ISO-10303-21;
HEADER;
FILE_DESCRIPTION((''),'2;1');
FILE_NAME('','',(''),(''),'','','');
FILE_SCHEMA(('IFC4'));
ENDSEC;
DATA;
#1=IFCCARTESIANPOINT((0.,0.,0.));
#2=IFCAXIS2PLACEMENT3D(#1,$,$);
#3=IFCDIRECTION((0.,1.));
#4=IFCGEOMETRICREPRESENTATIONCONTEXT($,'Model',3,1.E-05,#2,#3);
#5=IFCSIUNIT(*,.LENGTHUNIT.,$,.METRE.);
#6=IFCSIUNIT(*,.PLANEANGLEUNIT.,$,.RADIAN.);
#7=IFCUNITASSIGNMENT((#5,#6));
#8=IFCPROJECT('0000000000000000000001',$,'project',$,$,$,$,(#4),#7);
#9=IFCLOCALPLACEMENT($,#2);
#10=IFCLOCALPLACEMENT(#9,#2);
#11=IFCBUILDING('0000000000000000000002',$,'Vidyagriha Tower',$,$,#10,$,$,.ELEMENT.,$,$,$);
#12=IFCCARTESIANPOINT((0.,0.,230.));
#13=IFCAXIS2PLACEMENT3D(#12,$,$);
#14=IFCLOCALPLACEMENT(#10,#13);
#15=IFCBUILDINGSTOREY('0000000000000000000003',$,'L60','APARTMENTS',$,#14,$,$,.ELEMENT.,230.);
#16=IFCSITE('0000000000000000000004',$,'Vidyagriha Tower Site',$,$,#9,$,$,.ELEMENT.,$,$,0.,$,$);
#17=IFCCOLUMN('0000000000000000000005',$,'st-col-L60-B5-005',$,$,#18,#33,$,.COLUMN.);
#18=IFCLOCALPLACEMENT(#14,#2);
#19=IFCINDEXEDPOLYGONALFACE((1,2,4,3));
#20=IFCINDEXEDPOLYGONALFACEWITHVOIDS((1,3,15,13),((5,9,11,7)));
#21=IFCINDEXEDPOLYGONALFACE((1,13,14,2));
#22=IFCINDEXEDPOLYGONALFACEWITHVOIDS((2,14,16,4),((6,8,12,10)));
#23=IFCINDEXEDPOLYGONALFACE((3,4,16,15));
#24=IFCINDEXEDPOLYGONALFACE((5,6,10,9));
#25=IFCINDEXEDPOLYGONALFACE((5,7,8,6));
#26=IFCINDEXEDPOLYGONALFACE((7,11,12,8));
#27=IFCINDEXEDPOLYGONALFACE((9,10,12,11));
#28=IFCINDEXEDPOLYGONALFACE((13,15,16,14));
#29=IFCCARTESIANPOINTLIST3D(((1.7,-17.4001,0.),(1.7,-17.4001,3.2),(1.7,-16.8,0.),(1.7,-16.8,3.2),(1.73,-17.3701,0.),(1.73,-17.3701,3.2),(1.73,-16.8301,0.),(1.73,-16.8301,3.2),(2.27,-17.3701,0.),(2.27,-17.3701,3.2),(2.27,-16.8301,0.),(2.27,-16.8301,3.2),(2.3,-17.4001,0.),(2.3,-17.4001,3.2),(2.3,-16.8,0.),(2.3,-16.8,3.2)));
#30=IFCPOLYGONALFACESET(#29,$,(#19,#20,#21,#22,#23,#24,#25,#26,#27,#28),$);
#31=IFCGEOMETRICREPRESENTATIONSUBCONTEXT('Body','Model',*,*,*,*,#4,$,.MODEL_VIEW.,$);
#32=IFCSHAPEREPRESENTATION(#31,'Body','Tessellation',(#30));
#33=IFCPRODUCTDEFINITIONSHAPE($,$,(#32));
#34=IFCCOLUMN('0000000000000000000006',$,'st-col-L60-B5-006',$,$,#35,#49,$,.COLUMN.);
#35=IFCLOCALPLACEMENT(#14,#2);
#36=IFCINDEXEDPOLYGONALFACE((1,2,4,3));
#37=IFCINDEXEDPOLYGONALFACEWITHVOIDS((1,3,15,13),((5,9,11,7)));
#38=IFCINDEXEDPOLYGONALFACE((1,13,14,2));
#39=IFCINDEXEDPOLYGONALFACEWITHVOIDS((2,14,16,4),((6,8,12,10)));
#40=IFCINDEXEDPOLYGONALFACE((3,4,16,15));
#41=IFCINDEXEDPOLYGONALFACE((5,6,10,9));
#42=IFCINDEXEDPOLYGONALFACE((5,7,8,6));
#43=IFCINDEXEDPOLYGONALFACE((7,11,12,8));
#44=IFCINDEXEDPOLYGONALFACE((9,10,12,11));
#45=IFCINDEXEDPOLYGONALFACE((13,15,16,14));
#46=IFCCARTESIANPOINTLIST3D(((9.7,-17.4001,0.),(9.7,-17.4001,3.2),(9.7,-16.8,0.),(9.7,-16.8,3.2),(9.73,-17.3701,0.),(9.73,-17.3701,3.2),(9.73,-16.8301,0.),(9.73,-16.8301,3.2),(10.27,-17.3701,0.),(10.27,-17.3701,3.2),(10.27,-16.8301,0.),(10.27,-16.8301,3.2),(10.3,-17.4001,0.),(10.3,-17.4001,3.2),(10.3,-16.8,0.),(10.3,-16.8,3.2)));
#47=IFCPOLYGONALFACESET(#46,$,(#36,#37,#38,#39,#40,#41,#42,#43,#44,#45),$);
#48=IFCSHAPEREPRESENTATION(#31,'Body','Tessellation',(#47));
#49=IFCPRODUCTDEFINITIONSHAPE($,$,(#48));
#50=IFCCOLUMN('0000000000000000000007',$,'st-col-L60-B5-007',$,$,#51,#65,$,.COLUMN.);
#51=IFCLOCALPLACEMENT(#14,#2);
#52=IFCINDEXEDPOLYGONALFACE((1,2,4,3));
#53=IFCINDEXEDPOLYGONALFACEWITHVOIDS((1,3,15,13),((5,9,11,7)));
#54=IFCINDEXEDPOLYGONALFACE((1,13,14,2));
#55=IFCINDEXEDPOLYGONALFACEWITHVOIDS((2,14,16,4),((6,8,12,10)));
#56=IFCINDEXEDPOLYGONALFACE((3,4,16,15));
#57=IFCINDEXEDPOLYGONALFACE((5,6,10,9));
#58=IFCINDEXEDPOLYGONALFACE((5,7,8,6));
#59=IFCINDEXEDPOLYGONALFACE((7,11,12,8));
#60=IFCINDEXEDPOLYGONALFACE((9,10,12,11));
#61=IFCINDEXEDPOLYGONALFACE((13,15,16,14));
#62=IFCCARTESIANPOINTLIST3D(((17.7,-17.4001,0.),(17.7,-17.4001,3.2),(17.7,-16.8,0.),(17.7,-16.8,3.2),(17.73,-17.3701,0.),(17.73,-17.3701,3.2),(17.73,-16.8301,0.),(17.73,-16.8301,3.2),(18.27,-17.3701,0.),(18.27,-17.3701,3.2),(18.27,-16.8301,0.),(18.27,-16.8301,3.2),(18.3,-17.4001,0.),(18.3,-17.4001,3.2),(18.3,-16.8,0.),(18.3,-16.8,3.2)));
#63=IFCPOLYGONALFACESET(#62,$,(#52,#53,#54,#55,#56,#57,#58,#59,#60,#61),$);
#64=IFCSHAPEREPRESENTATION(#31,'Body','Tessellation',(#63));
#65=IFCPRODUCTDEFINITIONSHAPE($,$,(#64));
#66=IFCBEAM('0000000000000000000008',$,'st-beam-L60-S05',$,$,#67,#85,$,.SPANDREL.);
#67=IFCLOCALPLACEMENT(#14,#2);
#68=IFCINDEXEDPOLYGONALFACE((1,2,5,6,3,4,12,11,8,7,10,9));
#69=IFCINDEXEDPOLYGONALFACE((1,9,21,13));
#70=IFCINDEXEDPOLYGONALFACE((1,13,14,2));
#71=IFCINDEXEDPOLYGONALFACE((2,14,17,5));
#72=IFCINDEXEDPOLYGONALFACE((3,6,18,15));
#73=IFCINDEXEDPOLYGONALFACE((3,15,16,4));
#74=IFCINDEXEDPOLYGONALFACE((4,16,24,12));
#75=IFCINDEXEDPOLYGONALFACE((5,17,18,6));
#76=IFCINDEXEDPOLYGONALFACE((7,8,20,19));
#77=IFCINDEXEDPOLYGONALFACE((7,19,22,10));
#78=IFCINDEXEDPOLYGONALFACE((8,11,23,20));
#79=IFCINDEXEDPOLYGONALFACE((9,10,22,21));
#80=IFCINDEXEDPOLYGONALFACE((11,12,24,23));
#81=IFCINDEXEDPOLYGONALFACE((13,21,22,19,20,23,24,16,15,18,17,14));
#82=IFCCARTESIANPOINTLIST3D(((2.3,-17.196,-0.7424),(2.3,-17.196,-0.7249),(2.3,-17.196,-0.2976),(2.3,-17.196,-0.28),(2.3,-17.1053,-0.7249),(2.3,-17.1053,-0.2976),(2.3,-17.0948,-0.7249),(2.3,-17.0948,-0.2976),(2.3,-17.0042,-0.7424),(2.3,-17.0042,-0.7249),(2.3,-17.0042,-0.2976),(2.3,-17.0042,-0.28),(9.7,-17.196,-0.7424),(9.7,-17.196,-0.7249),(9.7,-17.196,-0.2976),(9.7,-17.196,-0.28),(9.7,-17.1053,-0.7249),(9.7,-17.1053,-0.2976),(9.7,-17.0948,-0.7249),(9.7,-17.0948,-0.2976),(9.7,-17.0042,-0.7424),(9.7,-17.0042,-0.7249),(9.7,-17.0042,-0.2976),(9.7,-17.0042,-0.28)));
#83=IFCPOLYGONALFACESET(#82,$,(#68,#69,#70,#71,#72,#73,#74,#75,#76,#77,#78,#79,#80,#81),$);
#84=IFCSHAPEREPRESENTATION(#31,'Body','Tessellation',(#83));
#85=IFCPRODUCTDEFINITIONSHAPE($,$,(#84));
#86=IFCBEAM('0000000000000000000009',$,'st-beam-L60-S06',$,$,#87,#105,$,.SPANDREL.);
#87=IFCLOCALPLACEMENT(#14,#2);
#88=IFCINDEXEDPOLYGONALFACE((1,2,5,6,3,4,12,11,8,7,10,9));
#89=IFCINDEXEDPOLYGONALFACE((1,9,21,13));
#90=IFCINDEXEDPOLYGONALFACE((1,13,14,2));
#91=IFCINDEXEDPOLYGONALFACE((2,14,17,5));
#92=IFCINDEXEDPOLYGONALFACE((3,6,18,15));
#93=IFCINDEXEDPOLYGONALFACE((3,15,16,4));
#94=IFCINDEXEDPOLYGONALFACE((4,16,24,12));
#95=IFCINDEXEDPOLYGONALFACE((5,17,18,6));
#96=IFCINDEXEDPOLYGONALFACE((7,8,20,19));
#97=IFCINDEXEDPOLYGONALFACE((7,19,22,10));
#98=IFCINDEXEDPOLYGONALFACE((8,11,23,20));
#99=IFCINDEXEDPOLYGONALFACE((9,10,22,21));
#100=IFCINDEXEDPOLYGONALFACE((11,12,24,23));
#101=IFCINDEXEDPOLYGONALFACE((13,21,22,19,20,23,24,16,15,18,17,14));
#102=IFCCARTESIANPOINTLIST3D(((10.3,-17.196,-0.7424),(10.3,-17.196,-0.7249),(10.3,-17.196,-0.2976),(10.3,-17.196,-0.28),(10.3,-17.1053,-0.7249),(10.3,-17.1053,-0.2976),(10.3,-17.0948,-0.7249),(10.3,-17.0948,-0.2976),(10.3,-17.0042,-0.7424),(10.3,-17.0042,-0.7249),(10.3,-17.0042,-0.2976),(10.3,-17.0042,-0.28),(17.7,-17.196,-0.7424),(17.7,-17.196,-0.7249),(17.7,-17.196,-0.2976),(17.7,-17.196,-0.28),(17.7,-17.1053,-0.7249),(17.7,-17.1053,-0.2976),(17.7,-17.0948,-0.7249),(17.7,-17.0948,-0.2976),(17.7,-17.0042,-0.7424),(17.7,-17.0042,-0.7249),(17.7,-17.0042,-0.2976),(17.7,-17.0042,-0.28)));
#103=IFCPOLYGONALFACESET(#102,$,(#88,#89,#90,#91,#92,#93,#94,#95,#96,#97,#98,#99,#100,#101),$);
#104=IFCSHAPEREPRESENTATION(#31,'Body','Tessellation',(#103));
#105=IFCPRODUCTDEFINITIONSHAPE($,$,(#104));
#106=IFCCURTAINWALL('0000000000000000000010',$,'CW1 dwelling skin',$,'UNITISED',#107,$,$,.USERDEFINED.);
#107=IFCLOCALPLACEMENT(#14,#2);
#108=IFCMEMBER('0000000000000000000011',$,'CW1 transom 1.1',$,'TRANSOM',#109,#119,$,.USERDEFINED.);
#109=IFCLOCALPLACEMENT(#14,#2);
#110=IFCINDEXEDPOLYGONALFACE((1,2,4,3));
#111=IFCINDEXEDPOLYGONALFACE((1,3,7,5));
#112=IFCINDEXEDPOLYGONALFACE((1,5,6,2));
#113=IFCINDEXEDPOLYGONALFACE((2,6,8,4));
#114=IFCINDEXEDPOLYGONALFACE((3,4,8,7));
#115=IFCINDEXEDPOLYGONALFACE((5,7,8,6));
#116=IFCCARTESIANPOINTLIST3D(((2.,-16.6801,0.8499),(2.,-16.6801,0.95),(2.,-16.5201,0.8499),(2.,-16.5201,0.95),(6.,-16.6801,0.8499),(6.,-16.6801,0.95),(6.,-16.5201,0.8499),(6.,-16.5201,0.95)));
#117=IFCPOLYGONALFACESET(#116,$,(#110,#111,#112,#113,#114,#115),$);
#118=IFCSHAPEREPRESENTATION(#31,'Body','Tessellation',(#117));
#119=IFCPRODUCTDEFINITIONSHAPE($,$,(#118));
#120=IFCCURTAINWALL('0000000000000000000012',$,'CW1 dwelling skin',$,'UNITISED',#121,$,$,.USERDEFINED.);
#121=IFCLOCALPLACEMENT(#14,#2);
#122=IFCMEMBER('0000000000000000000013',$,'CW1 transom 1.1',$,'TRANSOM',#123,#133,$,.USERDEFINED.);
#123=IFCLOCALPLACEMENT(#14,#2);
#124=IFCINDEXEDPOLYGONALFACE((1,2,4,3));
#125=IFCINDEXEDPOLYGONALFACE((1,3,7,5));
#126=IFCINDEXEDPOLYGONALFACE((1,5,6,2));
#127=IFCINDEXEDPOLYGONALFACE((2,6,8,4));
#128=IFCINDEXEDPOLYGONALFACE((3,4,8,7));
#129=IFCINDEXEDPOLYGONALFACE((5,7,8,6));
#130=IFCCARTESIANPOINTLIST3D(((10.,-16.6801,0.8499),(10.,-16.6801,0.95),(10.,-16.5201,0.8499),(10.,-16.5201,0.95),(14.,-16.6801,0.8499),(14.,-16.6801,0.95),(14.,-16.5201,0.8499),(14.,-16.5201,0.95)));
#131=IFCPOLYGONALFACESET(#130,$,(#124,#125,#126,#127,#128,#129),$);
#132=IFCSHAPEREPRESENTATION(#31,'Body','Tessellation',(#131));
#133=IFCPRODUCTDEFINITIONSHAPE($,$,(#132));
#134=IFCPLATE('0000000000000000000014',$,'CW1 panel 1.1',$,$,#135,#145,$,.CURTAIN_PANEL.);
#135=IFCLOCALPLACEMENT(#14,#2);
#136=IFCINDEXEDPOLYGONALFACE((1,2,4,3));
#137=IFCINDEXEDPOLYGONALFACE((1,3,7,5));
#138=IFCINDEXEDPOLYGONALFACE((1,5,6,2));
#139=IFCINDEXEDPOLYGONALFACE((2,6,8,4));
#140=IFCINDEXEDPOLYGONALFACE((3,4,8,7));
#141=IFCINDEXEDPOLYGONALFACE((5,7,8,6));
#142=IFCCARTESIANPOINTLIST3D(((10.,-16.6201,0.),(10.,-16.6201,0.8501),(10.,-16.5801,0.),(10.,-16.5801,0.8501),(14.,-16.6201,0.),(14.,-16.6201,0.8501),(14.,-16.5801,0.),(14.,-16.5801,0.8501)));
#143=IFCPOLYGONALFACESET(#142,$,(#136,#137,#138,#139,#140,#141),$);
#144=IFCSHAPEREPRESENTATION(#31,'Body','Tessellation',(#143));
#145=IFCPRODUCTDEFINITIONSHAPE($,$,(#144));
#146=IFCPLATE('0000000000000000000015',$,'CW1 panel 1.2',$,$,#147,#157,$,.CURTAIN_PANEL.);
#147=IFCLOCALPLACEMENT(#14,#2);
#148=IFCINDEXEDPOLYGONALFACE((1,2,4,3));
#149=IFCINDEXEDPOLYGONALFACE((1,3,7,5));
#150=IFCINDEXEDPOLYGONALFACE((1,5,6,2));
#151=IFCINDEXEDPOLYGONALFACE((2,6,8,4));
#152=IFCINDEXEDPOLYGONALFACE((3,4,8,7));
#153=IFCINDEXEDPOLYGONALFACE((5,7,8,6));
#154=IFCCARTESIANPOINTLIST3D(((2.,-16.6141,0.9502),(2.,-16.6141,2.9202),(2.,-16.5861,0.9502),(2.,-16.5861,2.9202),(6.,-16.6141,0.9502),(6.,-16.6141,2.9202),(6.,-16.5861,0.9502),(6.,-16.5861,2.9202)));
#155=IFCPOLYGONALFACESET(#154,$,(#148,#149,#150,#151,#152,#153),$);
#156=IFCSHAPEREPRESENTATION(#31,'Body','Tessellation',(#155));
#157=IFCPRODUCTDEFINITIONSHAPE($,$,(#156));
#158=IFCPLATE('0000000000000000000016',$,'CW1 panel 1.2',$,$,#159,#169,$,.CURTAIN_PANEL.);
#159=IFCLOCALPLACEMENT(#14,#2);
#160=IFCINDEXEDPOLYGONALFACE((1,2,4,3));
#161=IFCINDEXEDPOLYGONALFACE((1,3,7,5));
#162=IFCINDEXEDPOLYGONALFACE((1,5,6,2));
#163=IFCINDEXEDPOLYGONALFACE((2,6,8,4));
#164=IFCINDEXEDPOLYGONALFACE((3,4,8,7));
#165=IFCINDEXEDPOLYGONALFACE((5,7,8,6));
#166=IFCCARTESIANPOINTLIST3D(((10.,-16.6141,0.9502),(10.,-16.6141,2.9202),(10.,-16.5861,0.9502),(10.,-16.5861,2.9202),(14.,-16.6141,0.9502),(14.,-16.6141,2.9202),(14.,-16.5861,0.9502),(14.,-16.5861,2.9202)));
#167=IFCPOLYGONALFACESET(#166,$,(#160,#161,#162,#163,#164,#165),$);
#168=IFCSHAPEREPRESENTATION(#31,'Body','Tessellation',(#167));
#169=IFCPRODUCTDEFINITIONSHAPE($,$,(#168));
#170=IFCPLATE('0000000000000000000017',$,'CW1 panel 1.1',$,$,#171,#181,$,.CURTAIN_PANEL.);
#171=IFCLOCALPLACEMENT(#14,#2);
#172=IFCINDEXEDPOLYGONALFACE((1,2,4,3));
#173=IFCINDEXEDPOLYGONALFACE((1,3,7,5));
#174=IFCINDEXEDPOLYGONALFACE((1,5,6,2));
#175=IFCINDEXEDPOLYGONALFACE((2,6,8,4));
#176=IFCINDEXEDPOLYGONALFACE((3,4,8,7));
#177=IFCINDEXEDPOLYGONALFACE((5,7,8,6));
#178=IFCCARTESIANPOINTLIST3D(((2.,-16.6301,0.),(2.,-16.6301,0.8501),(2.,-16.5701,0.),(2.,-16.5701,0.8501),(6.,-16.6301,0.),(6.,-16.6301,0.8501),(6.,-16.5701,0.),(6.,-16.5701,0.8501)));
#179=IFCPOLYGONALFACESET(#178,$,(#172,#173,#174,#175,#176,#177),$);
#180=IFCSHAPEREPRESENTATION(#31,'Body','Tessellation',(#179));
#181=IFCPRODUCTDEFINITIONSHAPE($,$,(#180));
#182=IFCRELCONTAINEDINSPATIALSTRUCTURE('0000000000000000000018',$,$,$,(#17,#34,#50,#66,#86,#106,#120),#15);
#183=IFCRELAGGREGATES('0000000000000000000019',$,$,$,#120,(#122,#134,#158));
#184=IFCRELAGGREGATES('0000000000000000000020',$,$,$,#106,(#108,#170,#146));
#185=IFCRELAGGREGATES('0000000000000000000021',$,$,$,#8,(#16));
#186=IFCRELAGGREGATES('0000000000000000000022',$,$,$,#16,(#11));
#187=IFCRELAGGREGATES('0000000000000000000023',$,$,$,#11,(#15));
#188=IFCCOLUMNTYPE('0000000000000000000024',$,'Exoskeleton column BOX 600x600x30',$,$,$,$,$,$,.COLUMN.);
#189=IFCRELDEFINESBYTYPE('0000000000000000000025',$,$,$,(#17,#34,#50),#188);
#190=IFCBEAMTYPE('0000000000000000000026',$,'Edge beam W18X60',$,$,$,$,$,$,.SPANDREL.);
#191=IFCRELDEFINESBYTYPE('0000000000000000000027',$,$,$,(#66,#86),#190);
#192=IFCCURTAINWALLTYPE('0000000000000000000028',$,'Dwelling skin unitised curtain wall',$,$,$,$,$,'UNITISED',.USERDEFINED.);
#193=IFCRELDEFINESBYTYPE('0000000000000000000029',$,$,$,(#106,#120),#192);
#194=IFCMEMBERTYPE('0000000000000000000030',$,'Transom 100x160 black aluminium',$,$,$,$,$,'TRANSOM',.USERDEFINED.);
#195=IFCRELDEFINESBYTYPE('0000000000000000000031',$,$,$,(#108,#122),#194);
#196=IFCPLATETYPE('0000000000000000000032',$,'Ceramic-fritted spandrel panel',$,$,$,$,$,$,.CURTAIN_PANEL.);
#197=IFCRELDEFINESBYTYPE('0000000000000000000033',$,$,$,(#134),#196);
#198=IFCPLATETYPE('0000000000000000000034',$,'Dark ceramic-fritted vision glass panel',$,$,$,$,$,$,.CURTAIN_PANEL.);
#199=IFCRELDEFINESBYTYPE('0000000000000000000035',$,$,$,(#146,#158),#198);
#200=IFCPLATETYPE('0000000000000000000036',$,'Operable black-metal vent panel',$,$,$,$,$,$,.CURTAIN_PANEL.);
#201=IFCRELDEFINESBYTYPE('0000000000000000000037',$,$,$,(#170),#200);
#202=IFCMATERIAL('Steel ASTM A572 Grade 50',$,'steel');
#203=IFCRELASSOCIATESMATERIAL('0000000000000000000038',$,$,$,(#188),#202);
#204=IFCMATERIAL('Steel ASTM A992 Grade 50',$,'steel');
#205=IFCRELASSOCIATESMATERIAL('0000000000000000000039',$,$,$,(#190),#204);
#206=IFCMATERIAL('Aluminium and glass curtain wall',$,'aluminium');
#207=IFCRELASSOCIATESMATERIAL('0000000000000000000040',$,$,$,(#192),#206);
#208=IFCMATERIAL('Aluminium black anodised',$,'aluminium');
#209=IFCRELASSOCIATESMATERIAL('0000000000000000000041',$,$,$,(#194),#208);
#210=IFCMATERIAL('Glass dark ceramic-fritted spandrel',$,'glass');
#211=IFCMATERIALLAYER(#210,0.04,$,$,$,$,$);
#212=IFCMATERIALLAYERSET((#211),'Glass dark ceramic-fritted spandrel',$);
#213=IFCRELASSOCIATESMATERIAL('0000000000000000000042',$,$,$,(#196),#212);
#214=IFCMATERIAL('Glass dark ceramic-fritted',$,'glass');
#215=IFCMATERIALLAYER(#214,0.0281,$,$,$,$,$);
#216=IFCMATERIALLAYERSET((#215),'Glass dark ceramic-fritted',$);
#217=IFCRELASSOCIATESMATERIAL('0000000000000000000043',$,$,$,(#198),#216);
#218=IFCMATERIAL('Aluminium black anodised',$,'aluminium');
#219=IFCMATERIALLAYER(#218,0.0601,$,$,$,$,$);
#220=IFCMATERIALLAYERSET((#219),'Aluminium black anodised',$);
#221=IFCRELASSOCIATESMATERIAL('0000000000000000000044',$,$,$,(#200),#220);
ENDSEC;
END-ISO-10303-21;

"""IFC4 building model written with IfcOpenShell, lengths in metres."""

from ifc_helpers import new_model, si_unit, direction, frame, origin, origin_2d, place, context, subcontext, project, spatial, rectangle, hollow_rectangle, i_section, extrude, material, layer, layer_set, material_profile, profile_set, type_object, element, aggregate, save


model = new_model("IFC4")

# Units and contexts
model_context = context("Model", 3, precision=1e-05, world=origin(), true_north=direction((0.0, 1.0)))
body_context = subcontext(model_context, "Body", "Model", "MODEL_VIEW")
ifc_project = project(units=[si_unit("LENGTHUNIT", "METRE"), si_unit("PLANEANGLEUNIT", "RADIAN")], contexts=[model_context])

# Site, building, storey
site_placement = place(None, origin())
site = spatial("IfcSite", under=ifc_project, at=site_placement, Name="Vidyagriha Tower Site", CompositionType="ELEMENT", RefElevation=0.0)
building_placement = place(site_placement, origin())
building = spatial("IfcBuilding", under=site, at=building_placement, Name="Vidyagriha Tower", CompositionType="ELEMENT")
storey_placement = place(building_placement, frame((0.0, 0.0, 230.0)))
storey = spatial("IfcBuildingStorey", under=building, at=storey_placement, Name="L60", Description="APARTMENTS", CompositionType="ELEMENT", Elevation=230.0)

# Columns
ifc_material_1 = material(Name="Steel ASTM A572 Grade 50", Category="steel")
ifc_material_profile_1 = material_profile(ifc_material_1, hollow_rectangle(XDim=0.6001, YDim=0.6001, WallThickness=0.03, at=origin_2d()), Name="BOX 600x600x30")
ifc_profile_set_1 = profile_set([ifc_material_profile_1], Name="Steel ASTM A572 Grade 50")
column_type = type_object("IfcColumnType", Name="Exoskeleton column BOX 600x600x30", PredefinedType="COLUMN", material=ifc_profile_set_1)
for number, where, name in (
    (1, (2.0, -17.1001, 0.0), "st-col-L60-B5-005"),
    (2, (10.0, -17.1001, 0.0), "st-col-L60-B5-006"),
    (3, (18.0, -17.1001, 0.0), "st-col-L60-B5-007"),
):
    element("IfcColumn", number, at=place(storey_placement, frame(where)), inside=storey, type_object=column_type, Name=name, PredefinedType="COLUMN", context=body_context, shape_type="SweptSolid", body=[
        extrude(hollow_rectangle(XDim=0.6001, YDim=0.6001, WallThickness=0.03, at=origin_2d()), origin(), (0.0, 0.0, 1.0), 3.2),
    ])

# Beams
ifc_material_2 = material(Name="Steel ASTM A992 Grade 50", Category="steel")
ifc_material_profile_2 = material_profile(ifc_material_2, i_section(OverallWidth=0.1919, OverallDepth=0.4624, WebThickness=0.0105, FlangeThickness=0.0176, at=origin_2d()), Name="W18X60")
ifc_profile_set_2 = profile_set([ifc_material_profile_2], Name="Steel ASTM A992 Grade 50")
beam_type = type_object("IfcBeamType", Name="Edge beam W18X60", PredefinedType="SPANDREL", material=ifc_profile_set_2)
for number, where, z_axis, x_axis, name in (
    (4, (2.3, -17.1001, -0.5112), (1.0, 0.0, 0.0), (0.0, 1.0, 0.0), "st-beam-L60-S05"),
    (5, (10.3, -17.1001, -0.5112), (1.0, 0.0, 0.0), (0.0, 1.0, 0.0), "st-beam-L60-S06"),
):
    element("IfcBeam", number, at=place(storey_placement, frame(where, z_axis=z_axis, x_axis=x_axis)), inside=storey, type_object=beam_type, Name=name, PredefinedType="SPANDREL", context=body_context, shape_type="SweptSolid", body=[
        extrude(i_section(OverallWidth=0.1919, OverallDepth=0.4624, WebThickness=0.0105, FlangeThickness=0.0176, at=origin_2d()), origin(), (0.0, 0.0, 1.0), 7.3999),
    ])

# Curtain wall, member
ifc_material_3 = material(Name="Aluminium and glass curtain wall", Category="aluminium")
curtain_wall_type = type_object("IfcCurtainWallType", Name="Dwelling skin unitised curtain wall", ElementType="UNITISED", PredefinedType="USERDEFINED", material=ifc_material_3)
curtain_wall_1_placement = place(storey_placement, origin())
curtain_wall_1 = element("IfcCurtainWall", 6, at=curtain_wall_1_placement, inside=storey, type_object=curtain_wall_type, Name="CW1 dwelling skin", ObjectType="UNITISED", PredefinedType="USERDEFINED")
ifc_material_4 = material(Name="Aluminium black anodised", Category="aluminium")
ifc_material_profile_3 = material_profile(ifc_material_4, rectangle(XDim=0.1599, YDim=0.1001, at=origin_2d()), Name="Transom 100x160 black aluminium")
ifc_profile_set_3 = profile_set([ifc_material_profile_3], Name="Aluminium black anodised")
member_type = type_object("IfcMemberType", Name="Transom 100x160 black aluminium", ElementType="TRANSOM", PredefinedType="USERDEFINED", material=ifc_profile_set_3)
member_1_placement = place(storey_placement, frame((2.0, -16.6001, 0.8999), z_axis=(1.0, 0.0, 0.0), x_axis=(0.0, 1.0, 0.0)))
member_1 = element("IfcMember", 7, at=member_1_placement, type_object=member_type, Name="CW1 transom 1.1", ObjectType="TRANSOM", PredefinedType="USERDEFINED", context=body_context, shape_type="SweptSolid", body=[
    extrude(rectangle(XDim=0.1599, YDim=0.1001, at=origin_2d()), origin(), (0.0, 0.0, 1.0), 4.0),
])

# Curtain wall, member, plate
curtain_wall_2_placement = place(storey_placement, origin())
curtain_wall_2 = element("IfcCurtainWall", 8, at=curtain_wall_2_placement, inside=storey, type_object=curtain_wall_type, Name="CW1 dwelling skin", ObjectType="UNITISED", PredefinedType="USERDEFINED")
member_2_placement = place(storey_placement, frame((10.0, -16.6001, 0.8999), z_axis=(1.0, 0.0, 0.0), x_axis=(0.0, 1.0, 0.0)))
member_2 = element("IfcMember", 9, at=member_2_placement, type_object=member_type, Name="CW1 transom 1.1", ObjectType="TRANSOM", PredefinedType="USERDEFINED", context=body_context, shape_type="SweptSolid", body=[
    extrude(rectangle(XDim=0.1599, YDim=0.1001, at=origin_2d()), origin(), (0.0, 0.0, 1.0), 4.0),
])
ifc_material_5 = material(Name="Glass dark ceramic-fritted spandrel", Category="glass")
ifc_layer_1 = layer(ifc_material_5, 0.04)
ifc_layer_set_1 = layer_set([ifc_layer_1], Name="Glass dark ceramic-fritted spandrel")
plate_type_1 = type_object("IfcPlateType", Name="Ceramic-fritted spandrel panel", PredefinedType="CURTAIN_PANEL", material=ifc_layer_set_1)
plate_1_placement = place(storey_placement, frame((12.0, -16.6001, 0.0)))
plate_1 = element("IfcPlate", 10, at=plate_1_placement, type_object=plate_type_1, Name="CW1 panel 1.1", PredefinedType="CURTAIN_PANEL", context=body_context, shape_type="SweptSolid", body=[
    extrude(rectangle(XDim=4.0, YDim=0.04, at=origin_2d()), origin(), (0.0, 0.0, 1.0), 0.8501),
])

# Plates
ifc_material_6 = material(Name="Glass dark ceramic-fritted", Category="glass")
ifc_layer_2 = layer(ifc_material_6, 0.0281)
ifc_layer_set_2 = layer_set([ifc_layer_2], Name="Glass dark ceramic-fritted")
plate_type_2 = type_object("IfcPlateType", Name="Dark ceramic-fritted vision glass panel", PredefinedType="CURTAIN_PANEL", material=ifc_layer_set_2)
plate_2_placement = place(storey_placement, frame((4.0, -16.6001, 0.9502)))
plate_2 = element("IfcPlate", 11, at=plate_2_placement, type_object=plate_type_2, Name="CW1 panel 1.2", PredefinedType="CURTAIN_PANEL", context=body_context, shape_type="SweptSolid", body=[
    extrude(rectangle(XDim=4.0, YDim=0.0281, at=origin_2d()), origin(), (0.0, 0.0, 1.0), 1.97),
])
plate_3_placement = place(storey_placement, frame((12.0, -16.6001, 0.9502)))
plate_3 = element("IfcPlate", 12, at=plate_3_placement, type_object=plate_type_2, Name="CW1 panel 1.2", PredefinedType="CURTAIN_PANEL", context=body_context, shape_type="SweptSolid", body=[
    extrude(rectangle(XDim=4.0, YDim=0.0281, at=origin_2d()), origin(), (0.0, 0.0, 1.0), 1.97),
])
aggregate(curtain_wall_2, [member_2, plate_1, plate_3])
ifc_material_7 = material(Name="Aluminium black anodised", Category="aluminium")
ifc_layer_3 = layer(ifc_material_7, 0.0601)
ifc_layer_set_3 = layer_set([ifc_layer_3], Name="Aluminium black anodised")
plate_type_3 = type_object("IfcPlateType", Name="Operable black-metal vent panel", PredefinedType="CURTAIN_PANEL", material=ifc_layer_set_3)
plate_4_placement = place(storey_placement, frame((4.0, -16.6001, 0.0)))
plate_4 = element("IfcPlate", 13, at=plate_4_placement, type_object=plate_type_3, Name="CW1 panel 1.1", PredefinedType="CURTAIN_PANEL", context=body_context, shape_type="SweptSolid", body=[
    extrude(rectangle(XDim=4.0, YDim=0.0601, at=origin_2d()), origin(), (0.0, 0.0, 1.0), 0.8501),
])
aggregate(curtain_wall_1, [member_1, plate_4, plate_2])

save(model, "model.ifc")
